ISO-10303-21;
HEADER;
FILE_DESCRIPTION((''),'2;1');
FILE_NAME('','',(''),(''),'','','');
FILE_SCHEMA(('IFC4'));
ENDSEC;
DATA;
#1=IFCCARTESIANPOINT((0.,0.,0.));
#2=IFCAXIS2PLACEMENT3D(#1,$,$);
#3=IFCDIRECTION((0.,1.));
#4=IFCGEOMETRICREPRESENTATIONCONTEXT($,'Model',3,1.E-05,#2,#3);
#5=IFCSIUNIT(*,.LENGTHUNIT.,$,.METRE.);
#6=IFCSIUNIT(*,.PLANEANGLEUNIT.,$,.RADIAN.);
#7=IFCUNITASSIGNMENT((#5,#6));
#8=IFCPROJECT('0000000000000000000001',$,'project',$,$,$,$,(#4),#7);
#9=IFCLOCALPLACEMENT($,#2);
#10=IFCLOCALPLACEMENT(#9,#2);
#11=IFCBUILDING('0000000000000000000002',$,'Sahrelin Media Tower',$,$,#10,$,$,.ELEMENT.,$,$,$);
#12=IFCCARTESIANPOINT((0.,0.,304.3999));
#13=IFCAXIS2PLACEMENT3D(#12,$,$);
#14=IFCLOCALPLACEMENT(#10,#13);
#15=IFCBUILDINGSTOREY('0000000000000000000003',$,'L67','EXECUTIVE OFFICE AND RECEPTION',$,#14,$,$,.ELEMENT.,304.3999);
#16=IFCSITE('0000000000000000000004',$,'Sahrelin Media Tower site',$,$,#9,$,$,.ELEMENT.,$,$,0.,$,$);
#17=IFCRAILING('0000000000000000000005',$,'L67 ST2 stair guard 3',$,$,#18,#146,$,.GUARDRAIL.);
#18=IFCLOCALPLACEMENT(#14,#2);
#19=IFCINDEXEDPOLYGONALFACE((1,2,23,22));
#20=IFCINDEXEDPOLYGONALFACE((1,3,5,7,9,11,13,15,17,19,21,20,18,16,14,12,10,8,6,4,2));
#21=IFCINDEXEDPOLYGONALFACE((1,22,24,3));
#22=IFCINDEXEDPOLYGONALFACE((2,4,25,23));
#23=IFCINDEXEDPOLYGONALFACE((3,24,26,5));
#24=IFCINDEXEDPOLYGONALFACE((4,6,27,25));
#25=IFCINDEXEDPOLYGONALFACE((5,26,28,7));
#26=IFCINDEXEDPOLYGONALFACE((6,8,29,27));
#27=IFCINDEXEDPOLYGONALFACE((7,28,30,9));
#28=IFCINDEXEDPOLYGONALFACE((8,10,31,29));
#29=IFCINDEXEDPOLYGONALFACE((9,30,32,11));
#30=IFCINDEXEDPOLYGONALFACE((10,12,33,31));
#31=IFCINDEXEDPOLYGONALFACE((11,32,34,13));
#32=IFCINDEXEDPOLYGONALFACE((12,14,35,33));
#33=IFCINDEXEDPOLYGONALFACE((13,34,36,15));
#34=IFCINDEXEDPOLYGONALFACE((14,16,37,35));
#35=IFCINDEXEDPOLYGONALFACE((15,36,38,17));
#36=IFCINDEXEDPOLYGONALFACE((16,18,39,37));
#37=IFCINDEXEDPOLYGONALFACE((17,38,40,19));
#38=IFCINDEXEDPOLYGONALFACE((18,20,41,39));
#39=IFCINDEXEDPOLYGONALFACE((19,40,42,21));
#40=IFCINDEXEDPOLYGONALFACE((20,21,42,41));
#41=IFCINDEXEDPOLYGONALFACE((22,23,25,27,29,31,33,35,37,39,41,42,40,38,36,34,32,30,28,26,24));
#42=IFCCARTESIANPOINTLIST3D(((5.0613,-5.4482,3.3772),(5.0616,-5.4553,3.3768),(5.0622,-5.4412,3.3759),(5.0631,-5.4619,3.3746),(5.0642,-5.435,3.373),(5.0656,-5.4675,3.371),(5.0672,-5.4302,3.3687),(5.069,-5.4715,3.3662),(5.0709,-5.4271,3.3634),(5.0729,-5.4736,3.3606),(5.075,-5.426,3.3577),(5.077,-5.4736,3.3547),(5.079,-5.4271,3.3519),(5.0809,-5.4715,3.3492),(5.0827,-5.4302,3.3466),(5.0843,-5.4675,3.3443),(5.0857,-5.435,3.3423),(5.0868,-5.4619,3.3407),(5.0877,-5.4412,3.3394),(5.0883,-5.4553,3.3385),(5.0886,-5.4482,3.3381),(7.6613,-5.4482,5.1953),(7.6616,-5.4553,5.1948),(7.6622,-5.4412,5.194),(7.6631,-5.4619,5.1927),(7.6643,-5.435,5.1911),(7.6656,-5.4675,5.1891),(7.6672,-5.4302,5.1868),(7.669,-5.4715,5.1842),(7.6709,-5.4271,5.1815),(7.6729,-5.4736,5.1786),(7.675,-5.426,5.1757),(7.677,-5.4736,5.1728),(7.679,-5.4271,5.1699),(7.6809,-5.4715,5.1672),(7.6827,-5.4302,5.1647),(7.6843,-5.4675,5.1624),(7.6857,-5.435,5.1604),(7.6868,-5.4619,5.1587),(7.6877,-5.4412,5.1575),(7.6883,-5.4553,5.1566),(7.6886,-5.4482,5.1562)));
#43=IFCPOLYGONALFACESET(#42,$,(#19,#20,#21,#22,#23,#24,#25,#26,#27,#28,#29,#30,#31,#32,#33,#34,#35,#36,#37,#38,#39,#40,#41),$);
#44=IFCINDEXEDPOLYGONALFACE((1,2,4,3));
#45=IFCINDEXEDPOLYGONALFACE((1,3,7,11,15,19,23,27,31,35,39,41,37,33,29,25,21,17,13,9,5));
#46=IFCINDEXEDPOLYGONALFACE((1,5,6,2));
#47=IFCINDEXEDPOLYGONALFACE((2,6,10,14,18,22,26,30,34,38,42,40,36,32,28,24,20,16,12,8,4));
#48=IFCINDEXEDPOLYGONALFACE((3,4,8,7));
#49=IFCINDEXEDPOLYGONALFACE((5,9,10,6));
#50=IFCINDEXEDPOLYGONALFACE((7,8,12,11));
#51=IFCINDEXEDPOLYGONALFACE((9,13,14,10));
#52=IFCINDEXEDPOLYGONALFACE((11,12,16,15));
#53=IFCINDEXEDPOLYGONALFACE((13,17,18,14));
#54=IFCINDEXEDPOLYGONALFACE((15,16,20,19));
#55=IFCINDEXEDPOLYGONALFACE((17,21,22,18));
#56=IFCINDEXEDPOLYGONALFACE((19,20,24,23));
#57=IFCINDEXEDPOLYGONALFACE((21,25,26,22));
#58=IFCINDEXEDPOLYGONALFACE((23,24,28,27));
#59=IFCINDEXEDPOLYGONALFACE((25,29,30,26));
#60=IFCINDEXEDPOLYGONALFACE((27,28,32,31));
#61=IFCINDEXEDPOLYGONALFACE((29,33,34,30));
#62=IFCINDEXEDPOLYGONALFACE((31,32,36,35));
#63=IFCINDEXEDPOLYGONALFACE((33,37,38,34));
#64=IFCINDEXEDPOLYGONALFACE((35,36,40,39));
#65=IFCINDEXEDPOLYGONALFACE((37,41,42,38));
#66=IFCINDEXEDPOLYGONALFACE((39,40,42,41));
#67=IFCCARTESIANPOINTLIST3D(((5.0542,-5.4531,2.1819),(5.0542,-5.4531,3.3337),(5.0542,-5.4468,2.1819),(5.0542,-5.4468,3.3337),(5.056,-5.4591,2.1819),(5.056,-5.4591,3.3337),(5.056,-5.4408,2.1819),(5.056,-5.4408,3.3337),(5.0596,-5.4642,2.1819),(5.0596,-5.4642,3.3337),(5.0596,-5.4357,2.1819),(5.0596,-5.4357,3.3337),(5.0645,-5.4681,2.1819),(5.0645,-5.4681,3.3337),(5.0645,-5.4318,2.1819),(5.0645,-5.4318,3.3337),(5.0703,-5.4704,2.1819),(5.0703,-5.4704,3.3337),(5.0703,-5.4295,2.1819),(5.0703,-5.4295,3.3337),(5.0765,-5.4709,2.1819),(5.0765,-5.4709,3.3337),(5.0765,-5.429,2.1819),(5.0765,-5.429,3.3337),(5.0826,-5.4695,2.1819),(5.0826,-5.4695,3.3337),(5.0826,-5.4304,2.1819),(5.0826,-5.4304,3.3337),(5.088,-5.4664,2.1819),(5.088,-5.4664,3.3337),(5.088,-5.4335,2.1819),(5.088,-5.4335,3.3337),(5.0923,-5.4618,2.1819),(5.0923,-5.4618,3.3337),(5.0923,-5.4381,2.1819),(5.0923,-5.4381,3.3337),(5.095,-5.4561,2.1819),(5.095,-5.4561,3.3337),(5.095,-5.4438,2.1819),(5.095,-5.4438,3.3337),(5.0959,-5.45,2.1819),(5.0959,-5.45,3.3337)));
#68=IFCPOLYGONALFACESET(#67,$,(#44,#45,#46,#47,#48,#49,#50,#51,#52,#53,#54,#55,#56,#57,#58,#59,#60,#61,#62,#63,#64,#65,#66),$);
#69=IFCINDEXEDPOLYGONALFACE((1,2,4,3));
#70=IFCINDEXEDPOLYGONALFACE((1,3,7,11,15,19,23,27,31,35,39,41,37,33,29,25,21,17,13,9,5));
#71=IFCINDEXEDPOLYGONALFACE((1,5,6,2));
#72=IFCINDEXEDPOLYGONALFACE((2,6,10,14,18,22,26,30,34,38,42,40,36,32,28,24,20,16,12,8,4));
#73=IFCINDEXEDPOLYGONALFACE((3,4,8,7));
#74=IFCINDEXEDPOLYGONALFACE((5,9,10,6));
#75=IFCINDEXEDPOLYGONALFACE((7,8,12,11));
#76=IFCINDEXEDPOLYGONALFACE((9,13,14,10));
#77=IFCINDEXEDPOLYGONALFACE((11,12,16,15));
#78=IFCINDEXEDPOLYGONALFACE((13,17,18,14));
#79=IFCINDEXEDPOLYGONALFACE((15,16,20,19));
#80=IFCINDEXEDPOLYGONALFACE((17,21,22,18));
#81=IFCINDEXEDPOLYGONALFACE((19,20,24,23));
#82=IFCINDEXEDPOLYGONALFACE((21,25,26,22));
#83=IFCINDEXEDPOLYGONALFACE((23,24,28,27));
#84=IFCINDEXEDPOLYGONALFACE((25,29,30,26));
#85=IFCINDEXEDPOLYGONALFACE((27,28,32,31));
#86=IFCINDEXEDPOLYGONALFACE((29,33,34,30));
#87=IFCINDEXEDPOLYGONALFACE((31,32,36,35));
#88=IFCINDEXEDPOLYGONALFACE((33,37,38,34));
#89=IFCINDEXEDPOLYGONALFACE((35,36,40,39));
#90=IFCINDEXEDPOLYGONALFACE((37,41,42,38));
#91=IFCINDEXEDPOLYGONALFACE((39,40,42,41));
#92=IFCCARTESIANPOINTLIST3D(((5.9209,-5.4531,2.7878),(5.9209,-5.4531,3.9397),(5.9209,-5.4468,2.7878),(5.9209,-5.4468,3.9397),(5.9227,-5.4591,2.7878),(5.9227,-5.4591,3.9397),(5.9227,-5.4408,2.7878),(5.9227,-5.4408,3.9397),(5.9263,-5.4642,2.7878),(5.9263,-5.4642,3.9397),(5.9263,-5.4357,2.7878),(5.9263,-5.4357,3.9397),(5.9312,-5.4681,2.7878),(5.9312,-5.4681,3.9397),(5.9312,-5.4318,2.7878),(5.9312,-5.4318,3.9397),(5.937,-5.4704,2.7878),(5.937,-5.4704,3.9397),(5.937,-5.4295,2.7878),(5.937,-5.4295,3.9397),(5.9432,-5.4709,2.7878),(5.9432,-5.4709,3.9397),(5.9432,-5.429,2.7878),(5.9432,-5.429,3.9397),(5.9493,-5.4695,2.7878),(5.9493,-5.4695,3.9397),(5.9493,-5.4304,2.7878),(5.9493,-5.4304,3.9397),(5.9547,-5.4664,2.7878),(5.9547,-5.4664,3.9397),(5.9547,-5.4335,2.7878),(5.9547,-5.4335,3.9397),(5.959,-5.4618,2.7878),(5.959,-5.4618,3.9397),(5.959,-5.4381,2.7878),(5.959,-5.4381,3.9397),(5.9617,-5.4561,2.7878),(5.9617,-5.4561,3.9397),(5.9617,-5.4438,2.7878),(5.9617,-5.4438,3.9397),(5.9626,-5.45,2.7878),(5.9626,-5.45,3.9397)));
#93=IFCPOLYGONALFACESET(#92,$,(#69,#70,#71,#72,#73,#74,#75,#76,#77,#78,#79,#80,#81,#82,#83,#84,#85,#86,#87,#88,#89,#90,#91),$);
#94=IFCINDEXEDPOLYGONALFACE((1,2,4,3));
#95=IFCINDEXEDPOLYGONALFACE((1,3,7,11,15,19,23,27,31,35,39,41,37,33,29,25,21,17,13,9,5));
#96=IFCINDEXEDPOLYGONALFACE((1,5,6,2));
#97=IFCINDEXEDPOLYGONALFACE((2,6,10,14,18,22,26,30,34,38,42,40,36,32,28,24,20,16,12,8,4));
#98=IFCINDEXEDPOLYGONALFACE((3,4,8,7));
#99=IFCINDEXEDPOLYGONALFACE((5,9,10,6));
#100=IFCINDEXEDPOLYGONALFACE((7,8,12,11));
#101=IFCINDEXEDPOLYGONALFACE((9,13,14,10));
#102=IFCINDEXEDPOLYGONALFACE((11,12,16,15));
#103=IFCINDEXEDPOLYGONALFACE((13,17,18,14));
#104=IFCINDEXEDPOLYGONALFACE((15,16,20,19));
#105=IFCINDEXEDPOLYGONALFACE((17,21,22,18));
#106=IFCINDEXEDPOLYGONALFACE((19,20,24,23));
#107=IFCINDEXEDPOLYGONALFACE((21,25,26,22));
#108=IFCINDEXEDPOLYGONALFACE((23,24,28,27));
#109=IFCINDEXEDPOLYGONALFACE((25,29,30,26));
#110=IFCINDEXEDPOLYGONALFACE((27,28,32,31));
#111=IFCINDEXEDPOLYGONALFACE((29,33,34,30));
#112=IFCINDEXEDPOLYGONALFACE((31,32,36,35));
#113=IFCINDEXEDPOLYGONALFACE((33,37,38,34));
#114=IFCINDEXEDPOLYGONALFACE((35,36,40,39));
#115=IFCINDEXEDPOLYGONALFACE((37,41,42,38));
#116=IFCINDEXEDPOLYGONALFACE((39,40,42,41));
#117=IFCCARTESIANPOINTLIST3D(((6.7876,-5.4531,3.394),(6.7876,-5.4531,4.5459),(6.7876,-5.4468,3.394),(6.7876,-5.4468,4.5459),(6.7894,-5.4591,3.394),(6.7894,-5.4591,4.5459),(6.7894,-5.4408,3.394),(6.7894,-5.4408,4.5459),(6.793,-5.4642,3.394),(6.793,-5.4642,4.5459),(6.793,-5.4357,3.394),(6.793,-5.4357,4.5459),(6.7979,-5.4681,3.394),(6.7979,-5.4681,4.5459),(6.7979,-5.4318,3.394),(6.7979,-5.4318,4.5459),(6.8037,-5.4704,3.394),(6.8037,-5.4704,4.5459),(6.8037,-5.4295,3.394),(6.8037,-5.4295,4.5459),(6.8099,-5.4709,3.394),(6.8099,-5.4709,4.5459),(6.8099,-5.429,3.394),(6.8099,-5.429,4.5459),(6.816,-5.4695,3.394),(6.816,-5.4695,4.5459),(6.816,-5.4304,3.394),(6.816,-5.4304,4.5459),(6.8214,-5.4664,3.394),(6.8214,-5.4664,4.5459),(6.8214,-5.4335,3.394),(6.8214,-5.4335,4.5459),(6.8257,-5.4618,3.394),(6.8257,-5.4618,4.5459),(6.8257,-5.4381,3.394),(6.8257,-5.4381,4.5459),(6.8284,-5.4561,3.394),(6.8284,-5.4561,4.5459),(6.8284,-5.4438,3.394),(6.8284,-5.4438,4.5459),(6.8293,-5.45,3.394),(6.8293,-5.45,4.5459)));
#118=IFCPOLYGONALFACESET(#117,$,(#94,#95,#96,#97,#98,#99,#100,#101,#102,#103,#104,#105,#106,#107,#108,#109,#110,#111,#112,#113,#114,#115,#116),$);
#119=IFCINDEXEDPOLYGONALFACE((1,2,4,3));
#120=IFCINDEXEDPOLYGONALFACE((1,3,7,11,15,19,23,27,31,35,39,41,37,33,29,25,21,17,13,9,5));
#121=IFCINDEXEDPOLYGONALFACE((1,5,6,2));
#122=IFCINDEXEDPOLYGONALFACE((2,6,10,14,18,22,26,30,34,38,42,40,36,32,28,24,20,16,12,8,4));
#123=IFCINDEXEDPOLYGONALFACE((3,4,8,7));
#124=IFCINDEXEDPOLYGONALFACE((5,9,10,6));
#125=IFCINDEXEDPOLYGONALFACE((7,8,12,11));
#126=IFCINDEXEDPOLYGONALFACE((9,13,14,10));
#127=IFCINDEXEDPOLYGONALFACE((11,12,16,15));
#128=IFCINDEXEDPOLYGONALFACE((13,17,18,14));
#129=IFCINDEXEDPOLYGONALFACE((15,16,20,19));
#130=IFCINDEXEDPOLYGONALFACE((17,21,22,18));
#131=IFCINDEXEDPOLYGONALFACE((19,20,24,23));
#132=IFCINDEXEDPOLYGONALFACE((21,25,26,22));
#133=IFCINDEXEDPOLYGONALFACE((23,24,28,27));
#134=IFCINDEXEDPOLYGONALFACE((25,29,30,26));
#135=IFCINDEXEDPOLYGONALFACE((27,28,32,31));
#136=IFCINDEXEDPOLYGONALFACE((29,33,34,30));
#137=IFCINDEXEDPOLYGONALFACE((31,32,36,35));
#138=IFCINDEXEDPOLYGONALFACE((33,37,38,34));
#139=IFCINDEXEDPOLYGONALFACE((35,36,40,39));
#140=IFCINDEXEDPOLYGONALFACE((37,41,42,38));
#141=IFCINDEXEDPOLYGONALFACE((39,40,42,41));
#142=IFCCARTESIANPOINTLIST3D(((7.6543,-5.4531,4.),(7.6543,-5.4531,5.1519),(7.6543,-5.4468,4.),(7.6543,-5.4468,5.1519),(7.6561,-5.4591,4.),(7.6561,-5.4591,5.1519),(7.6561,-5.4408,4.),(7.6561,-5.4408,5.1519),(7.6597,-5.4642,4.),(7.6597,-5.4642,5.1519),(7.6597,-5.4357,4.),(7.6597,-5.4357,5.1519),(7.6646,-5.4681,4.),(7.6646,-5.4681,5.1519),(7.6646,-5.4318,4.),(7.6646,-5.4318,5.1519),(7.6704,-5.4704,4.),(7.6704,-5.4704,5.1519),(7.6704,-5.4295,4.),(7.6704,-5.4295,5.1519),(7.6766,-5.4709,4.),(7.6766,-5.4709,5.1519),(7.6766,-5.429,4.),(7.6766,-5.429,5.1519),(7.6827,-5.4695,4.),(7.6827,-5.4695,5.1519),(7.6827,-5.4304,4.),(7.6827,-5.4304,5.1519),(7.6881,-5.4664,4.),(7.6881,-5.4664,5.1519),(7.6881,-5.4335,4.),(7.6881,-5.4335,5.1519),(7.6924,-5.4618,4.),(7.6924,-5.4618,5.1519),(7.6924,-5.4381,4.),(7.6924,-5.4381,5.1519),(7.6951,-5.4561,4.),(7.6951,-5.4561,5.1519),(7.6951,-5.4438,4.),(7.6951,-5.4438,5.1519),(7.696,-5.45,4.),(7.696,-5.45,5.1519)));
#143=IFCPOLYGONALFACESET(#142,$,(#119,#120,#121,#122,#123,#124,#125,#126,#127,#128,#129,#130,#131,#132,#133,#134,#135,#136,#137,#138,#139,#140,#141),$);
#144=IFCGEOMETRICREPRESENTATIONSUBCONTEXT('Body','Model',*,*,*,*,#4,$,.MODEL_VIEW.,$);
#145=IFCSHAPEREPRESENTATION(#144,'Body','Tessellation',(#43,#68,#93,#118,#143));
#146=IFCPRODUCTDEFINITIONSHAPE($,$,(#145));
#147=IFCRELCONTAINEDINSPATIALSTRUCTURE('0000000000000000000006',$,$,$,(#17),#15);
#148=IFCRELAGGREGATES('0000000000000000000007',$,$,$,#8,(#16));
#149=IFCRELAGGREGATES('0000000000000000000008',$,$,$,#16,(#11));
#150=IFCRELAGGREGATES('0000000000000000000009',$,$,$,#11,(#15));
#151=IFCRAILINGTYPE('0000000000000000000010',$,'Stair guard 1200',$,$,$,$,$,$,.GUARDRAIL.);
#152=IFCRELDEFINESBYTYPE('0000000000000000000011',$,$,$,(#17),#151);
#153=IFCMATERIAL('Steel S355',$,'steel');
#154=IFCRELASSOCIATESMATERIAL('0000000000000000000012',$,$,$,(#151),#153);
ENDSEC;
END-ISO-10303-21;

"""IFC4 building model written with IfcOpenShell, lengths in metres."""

from ifc_helpers import new_model, si_unit, direction, frame, origin, origin_2d, place, context, subcontext, project, spatial, circle, extrude, material, type_object, element, save


model = new_model("IFC4")

# Units and contexts
model_context = context("Model", 3, precision=1e-05, world=origin(), true_north=direction((0.0, 1.0)))
body_context = subcontext(model_context, "Body", "Model", "MODEL_VIEW")
ifc_project = project(units=[si_unit("LENGTHUNIT", "METRE"), si_unit("PLANEANGLEUNIT", "RADIAN")], contexts=[model_context])

# Site, building, storey
site_placement = place(None, origin())
site = spatial("IfcSite", under=ifc_project, at=site_placement, Name="Sahrelin Media Tower site", CompositionType="ELEMENT", RefElevation=0.0)
building_placement = place(site_placement, origin())
building = spatial("IfcBuilding", under=site, at=building_placement, Name="Sahrelin Media Tower", CompositionType="ELEMENT")
storey_placement = place(building_placement, frame((0.0, 0.0, 304.3999)))
storey = spatial("IfcBuildingStorey", under=building, at=storey_placement, Name="L67", Description="EXECUTIVE OFFICE AND RECEPTION", CompositionType="ELEMENT", Elevation=304.3999)

# Railing
ifc_material_1 = material(Name="Steel S355", Category="steel")
railing_type_1 = type_object("IfcRailingType", Name="Stair guard 1200", PredefinedType="GUARDRAIL", material=ifc_material_1)
railing_1_placement = place(storey_placement, frame((5.075, -5.45, 2.1819)))
element("IfcRailing", 1, at=railing_1_placement, inside=storey, type_object=railing_type_1, Name="L67 ST2 stair guard 3", PredefinedType="GUARDRAIL", context=body_context, shape_type="SweptSolid", body=[
    extrude(circle(Radius=0.0239, at=origin_2d()), frame((0.0, 0.0, 1.1758), z_axis=(0.819521, 0.0, 0.573049), x_axis=(0.0, 1.0, 0.0)), (0.0, 0.0, 1.0), 3.1726),
    extrude(circle(Radius=0.021, at=origin_2d()), origin(), (0.0, 0.0, 1.0), 1.1519),
    extrude(circle(Radius=0.021, at=origin_2d()), frame((0.8667, 0.0, 0.606)), (0.0, 0.0, 1.0), 1.1519),
    extrude(circle(Radius=0.021, at=origin_2d()), frame((1.7334, 0.0, 1.2122)), (0.0, 0.0, 1.0), 1.1519),
    extrude(circle(Radius=0.021, at=origin_2d()), frame((2.6001, 0.0, 1.8181)), (0.0, 0.0, 1.0), 1.1519),
])

save(model, "model.ifc")
